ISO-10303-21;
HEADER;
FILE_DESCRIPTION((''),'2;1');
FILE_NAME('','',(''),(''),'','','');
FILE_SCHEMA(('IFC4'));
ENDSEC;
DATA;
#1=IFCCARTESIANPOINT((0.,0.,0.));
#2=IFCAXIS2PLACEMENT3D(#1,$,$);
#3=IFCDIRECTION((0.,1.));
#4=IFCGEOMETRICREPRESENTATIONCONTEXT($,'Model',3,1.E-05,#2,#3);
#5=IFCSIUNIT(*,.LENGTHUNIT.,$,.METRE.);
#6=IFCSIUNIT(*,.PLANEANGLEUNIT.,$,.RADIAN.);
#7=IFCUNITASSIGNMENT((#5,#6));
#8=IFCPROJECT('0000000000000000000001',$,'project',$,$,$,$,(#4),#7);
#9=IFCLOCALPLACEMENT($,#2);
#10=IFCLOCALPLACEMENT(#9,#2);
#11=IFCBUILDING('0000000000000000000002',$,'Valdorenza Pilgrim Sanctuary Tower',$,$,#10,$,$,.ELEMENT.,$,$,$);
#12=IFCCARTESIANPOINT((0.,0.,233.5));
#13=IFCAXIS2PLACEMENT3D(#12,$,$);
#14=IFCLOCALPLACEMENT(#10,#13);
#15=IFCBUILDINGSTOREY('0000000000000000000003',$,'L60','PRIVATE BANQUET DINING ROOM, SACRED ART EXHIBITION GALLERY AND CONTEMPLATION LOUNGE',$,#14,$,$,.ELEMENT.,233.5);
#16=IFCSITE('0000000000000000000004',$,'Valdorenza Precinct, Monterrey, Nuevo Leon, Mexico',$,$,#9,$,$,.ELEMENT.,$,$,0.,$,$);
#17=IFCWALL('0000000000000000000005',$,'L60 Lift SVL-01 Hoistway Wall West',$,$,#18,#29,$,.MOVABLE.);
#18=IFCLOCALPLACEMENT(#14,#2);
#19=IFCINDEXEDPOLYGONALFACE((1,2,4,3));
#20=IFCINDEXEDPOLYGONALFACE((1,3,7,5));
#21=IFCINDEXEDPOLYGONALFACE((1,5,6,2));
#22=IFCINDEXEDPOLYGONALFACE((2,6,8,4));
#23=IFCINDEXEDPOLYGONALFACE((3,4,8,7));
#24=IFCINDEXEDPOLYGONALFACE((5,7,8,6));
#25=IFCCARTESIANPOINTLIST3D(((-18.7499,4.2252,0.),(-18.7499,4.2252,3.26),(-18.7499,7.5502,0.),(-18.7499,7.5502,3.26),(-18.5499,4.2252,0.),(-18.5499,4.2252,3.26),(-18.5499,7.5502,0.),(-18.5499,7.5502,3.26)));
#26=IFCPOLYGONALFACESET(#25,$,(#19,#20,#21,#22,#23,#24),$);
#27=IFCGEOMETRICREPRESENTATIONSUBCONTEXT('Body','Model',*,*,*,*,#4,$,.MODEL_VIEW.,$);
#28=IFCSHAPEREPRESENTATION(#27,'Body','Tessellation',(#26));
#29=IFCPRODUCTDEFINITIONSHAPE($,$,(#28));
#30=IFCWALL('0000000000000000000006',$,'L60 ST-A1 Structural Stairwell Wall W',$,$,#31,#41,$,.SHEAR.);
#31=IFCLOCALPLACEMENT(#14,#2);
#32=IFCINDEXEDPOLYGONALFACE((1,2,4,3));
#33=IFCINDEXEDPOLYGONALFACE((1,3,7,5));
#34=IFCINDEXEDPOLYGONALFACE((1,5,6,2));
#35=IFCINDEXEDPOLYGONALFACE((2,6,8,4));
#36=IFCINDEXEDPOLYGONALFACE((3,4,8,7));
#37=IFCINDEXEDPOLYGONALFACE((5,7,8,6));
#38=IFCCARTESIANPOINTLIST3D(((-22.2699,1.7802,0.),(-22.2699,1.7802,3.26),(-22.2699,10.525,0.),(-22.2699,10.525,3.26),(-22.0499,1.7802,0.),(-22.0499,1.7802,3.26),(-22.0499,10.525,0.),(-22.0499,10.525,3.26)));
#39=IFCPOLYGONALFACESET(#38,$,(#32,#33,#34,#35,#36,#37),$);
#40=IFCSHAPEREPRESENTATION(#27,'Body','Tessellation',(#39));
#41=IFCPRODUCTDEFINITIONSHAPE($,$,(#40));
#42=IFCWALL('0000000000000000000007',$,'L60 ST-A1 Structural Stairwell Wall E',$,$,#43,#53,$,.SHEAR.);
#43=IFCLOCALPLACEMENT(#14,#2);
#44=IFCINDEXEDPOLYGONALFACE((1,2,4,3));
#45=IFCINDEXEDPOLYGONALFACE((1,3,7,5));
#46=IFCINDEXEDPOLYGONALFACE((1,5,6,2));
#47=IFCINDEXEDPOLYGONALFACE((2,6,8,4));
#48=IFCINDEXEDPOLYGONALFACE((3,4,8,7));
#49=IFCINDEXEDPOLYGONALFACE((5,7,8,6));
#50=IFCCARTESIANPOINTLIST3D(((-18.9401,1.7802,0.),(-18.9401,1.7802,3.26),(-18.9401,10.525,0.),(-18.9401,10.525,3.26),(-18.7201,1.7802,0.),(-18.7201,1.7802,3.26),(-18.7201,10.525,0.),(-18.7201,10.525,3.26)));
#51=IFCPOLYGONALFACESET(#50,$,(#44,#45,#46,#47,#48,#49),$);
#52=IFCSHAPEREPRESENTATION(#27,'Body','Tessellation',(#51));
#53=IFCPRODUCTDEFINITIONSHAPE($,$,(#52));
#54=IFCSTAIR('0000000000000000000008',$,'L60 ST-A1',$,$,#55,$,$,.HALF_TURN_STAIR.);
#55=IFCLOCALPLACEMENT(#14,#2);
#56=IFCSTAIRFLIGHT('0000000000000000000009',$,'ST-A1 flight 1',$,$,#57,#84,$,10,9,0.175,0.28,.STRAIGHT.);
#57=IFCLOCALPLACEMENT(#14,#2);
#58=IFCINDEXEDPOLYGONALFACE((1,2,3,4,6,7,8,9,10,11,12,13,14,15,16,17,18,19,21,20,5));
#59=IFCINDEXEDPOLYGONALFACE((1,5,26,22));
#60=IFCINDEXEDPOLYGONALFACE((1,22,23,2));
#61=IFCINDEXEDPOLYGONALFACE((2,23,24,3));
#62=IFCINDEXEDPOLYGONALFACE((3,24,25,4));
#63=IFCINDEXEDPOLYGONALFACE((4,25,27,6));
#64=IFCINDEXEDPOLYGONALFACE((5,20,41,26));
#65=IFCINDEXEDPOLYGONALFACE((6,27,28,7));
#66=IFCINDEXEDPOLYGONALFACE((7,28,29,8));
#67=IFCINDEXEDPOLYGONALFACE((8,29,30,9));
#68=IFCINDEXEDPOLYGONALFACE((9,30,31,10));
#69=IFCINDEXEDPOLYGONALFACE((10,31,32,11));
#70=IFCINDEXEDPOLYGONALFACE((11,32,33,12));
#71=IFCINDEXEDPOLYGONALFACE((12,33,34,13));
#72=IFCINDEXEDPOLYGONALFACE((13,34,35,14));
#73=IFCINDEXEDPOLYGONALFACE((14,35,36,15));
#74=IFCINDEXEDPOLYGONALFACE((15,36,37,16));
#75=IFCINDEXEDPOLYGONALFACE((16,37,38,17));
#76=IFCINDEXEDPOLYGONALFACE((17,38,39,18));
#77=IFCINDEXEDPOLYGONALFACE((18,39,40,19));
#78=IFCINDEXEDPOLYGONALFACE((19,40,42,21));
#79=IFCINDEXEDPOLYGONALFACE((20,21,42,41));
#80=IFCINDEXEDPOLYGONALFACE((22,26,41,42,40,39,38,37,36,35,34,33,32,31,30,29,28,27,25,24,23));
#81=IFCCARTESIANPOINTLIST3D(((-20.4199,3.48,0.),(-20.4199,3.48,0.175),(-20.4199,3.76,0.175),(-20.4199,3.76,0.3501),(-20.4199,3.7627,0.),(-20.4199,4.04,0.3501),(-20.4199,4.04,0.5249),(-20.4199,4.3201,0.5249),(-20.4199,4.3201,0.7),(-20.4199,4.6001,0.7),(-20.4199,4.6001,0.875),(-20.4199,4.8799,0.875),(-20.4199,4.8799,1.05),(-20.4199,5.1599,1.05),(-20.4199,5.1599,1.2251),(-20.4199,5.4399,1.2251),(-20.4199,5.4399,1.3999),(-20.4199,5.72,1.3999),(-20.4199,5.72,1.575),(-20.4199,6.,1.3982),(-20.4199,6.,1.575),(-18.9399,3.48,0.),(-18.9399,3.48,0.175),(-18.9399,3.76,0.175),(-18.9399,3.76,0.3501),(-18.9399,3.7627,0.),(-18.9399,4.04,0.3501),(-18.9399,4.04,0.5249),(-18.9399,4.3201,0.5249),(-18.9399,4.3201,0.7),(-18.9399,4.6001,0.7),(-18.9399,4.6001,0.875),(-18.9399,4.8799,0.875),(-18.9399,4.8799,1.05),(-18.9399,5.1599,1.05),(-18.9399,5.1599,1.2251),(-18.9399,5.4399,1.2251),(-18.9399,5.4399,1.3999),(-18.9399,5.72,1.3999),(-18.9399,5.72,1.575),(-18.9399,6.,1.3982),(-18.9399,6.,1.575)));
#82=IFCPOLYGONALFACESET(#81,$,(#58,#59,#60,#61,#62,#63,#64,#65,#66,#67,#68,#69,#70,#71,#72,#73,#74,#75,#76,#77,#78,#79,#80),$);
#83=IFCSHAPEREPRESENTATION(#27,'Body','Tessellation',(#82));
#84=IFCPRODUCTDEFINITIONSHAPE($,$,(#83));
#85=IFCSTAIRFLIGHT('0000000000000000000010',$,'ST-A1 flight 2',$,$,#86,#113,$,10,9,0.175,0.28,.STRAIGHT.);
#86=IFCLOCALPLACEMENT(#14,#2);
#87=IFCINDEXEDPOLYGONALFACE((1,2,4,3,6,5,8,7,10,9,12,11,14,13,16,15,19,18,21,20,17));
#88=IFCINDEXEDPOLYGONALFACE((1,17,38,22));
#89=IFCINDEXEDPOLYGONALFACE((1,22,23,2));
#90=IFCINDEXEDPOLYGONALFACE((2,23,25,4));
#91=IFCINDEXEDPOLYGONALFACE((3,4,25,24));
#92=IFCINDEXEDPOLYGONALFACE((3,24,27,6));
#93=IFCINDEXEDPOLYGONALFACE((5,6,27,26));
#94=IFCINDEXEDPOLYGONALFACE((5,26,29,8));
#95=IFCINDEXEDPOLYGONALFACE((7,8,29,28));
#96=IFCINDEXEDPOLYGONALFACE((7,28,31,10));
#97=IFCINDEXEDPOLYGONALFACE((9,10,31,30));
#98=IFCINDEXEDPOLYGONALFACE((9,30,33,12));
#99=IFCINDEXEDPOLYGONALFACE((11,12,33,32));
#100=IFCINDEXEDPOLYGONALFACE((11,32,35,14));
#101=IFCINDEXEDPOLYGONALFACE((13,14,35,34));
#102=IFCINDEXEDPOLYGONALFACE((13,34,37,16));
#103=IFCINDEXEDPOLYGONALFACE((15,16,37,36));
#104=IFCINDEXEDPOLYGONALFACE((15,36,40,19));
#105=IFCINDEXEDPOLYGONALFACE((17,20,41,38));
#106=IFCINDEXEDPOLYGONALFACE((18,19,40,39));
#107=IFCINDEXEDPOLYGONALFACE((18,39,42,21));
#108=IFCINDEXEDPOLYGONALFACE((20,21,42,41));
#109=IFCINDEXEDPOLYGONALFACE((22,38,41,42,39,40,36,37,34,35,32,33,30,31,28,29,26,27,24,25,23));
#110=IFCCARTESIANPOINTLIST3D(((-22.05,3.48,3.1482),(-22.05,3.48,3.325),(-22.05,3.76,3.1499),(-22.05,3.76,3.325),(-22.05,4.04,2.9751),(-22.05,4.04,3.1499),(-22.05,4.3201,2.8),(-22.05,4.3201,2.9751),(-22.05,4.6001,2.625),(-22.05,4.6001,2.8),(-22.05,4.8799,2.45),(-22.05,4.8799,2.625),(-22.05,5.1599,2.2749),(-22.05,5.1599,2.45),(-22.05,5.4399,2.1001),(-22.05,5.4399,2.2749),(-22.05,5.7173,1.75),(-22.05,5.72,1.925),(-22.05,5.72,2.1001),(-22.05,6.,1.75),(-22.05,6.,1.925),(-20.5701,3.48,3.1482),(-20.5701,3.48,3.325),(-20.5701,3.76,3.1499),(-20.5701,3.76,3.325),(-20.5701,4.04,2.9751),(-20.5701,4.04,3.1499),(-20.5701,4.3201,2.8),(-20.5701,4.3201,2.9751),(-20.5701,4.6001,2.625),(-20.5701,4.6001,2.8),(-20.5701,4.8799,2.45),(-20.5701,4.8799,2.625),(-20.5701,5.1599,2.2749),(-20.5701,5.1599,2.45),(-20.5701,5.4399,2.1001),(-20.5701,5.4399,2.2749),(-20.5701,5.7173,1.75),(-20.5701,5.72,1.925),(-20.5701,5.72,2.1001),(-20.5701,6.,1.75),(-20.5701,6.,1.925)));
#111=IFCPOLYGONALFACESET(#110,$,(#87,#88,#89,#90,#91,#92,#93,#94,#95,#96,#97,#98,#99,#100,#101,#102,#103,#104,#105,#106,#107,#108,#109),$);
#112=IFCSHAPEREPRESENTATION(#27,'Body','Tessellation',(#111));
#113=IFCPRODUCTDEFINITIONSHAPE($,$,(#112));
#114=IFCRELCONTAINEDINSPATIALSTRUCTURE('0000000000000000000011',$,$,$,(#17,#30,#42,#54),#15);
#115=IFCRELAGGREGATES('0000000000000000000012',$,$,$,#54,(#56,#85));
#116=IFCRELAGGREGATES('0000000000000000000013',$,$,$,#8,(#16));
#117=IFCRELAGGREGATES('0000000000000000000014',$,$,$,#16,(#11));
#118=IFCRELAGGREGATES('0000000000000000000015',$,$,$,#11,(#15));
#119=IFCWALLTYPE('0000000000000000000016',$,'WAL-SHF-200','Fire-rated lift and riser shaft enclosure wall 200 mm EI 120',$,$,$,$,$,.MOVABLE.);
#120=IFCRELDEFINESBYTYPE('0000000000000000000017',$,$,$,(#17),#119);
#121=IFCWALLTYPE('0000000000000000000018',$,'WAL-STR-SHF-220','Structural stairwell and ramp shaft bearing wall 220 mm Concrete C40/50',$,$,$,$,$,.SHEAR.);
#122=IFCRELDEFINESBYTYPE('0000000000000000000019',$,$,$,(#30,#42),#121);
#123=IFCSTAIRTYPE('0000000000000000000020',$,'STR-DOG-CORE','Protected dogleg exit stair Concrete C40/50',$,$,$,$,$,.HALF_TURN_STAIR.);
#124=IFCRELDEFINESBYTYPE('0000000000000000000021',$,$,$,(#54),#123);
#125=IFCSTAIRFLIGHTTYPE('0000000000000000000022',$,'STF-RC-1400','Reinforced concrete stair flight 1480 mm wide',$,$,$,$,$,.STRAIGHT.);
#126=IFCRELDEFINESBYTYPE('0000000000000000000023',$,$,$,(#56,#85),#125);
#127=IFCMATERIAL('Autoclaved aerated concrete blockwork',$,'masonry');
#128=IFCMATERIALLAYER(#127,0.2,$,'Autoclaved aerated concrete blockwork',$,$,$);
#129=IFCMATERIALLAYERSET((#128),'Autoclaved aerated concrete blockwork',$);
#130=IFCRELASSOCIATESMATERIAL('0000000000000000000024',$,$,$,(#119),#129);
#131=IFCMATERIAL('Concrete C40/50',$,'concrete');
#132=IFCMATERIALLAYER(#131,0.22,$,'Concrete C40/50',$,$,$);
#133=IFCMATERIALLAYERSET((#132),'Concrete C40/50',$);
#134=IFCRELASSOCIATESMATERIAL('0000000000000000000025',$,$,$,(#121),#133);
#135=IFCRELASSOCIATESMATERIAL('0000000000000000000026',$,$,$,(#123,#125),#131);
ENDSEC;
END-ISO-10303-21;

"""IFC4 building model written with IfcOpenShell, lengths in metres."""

from ifc_helpers import new_model, si_unit, direction, frame, frame_2d, origin, place, context, subcontext, project, spatial, polyline, rectangle, outline, extrude, material, layer, layer_set, type_object, element, aggregate, save


model = new_model("IFC4")

# Units and contexts
model_context = context("Model", 3, precision=1e-05, world=origin(), true_north=direction((0.0, 1.0)))
body_context = subcontext(model_context, "Body", "Model", "MODEL_VIEW")
ifc_project = project(units=[si_unit("LENGTHUNIT", "METRE"), si_unit("PLANEANGLEUNIT", "RADIAN")], contexts=[model_context])

# Site, building, storey
site_placement = place(None, origin())
site = spatial("IfcSite", under=ifc_project, at=site_placement, Name="Valdorenza Precinct, Monterrey, Nuevo Leon, Mexico", CompositionType="ELEMENT", RefElevation=0.0)
building_placement = place(site_placement, origin())
building = spatial("IfcBuilding", under=site, at=building_placement, Name="Valdorenza Pilgrim Sanctuary Tower", CompositionType="ELEMENT")
storey_placement = place(building_placement, frame((0.0, 0.0, 233.5)))
storey = spatial("IfcBuildingStorey", under=building, at=storey_placement, Name="L60", Description="PRIVATE BANQUET DINING ROOM, SACRED ART EXHIBITION GALLERY AND CONTEMPLATION LOUNGE", CompositionType="ELEMENT", Elevation=233.5)

# Shared definitions
ifc_material_1 = material(Name="Autoclaved aerated concrete blockwork", Category="masonry")
ifc_layer_1 = layer(ifc_material_1, 0.2, Name="Autoclaved aerated concrete blockwork")
ifc_layer_set_1 = layer_set([ifc_layer_1], Name="Autoclaved aerated concrete blockwork")
wall_type_1 = type_object("IfcWallType", Name="WAL-SHF-200", Description="Fire-rated lift and riser shaft enclosure wall 200 mm EI 120", PredefinedType="MOVABLE", material=ifc_layer_set_1)

# Walls
wall_1_placement = place(storey_placement, frame((-18.6499, 4.2251, 0.0), z_axis=(0.0, 0.0, 1.0), x_axis=(0.0, 1.0, 0.0)))
element("IfcWall", 1, at=wall_1_placement, inside=storey, type_object=wall_type_1, Name="L60 Lift SVL-01 Hoistway Wall West", PredefinedType="MOVABLE", context=body_context, shape_type="SweptSolid", body=[
    extrude(rectangle(XDim=3.325, YDim=0.2, at=frame_2d((1.6626, 0.0))), origin(), (0.0, 0.0, 1.0), 3.26),
])
ifc_material_2 = material(Name="Concrete C40/50", Category="concrete")
ifc_layer_2 = layer(ifc_material_2, 0.22, Name="Concrete C40/50")
ifc_layer_set_2 = layer_set([ifc_layer_2], Name="Concrete C40/50")
wall_type_2 = type_object("IfcWallType", Name="WAL-STR-SHF-220", Description="Structural stairwell and ramp shaft bearing wall 220 mm Concrete C40/50", PredefinedType="SHEAR", material=ifc_layer_set_2)
for number, where, z_axis, x_axis, name in (
    (2, (-22.1599, 1.78, 0.0), (0.0, 0.0, 1.0), (0.0, 1.0, 0.0), "L60 ST-A1 Structural Stairwell Wall W"),
    (3, (-18.8301, 1.78, 0.0), (0.0, 0.0, 1.0), (0.0, 1.0, 0.0), "L60 ST-A1 Structural Stairwell Wall E"),
):
    element("IfcWall", number, at=place(storey_placement, frame(where, z_axis=z_axis, x_axis=x_axis)), inside=storey, type_object=wall_type_2, Name=name, PredefinedType="SHEAR", context=body_context, shape_type="SweptSolid", body=[
        extrude(rectangle(XDim=8.7449, YDim=0.22, at=frame_2d((4.3726, 0.0))), origin(), (0.0, 0.0, 1.0), 3.26),
    ])

# Stair, stair flights
stair_type = type_object("IfcStairType", Name="STR-DOG-CORE", Description="Protected dogleg exit stair Concrete C40/50", PredefinedType="HALF_TURN_STAIR", material=ifc_material_2)
stair_placement = place(storey_placement, origin())
stair = element("IfcStair", 4, at=stair_placement, inside=storey, type_object=stair_type, Name="L60 ST-A1", PredefinedType="HALF_TURN_STAIR")
stair_flight_type = type_object("IfcStairFlightType", Name="STF-RC-1400", Description="Reinforced concrete stair flight 1480 mm wide", PredefinedType="STRAIGHT", material=ifc_material_2)
stair_flight_1_placement = place(storey_placement, frame((-19.6799, 3.48, 0.0), z_axis=(0.0, 0.0, 1.0), x_axis=(0.0, 1.0, 0.0)))
stair_flight_1 = element("IfcStairFlight", 5, at=stair_flight_1_placement, type_object=stair_flight_type, Name="ST-A1 flight 1", NumberOfRisers=10, NumberOfTreads=9, PredefinedType="STRAIGHT", RiserHeight=0.175, TreadLength=0.28, context=body_context, shape_type="SweptSolid", body=[
    extrude(outline(polyline([(0.0, 0.0), (0.0, 0.175), (0.28, 0.175), (0.28, 0.3501), (0.5601, 0.3501), (0.5601, 0.5249), (0.8401, 0.5249), (0.8401, 0.7), (1.1201, 0.7), (1.1201, 0.875), (1.3999, 0.875), (1.3999, 1.05), (1.6799, 1.05), (1.6799, 1.2251), (1.96, 1.2251), (1.96, 1.3999), (2.24, 1.3999), (2.24, 1.575), (2.52, 1.575), (2.52, 1.75), (2.52, 1.3982), (0.2827, 0.0), (0.0, 0.0)])), frame((0.0, 0.74, 0.0), z_axis=(0.0, -1.0, 0.0), x_axis=(1.0, 0.0, 0.0)), (0.0, 0.0, 1.0), 1.48),
])
stair_flight_2_placement = place(storey_placement, frame((-21.3101, 6.0, 1.75), z_axis=(0.0, 0.0, 1.0), x_axis=(0.0, -1.0, 0.0)))
stair_flight_2 = element("IfcStairFlight", 6, at=stair_flight_2_placement, type_object=stair_flight_type, Name="ST-A1 flight 2", NumberOfRisers=10, NumberOfTreads=9, PredefinedType="STRAIGHT", RiserHeight=0.175, TreadLength=0.28, context=body_context, shape_type="SweptSolid", body=[
    extrude(outline(polyline([(0.0, 0.0), (0.0, 0.175), (0.28, 0.175), (0.28, 0.3501), (0.5601, 0.3501), (0.5601, 0.5249), (0.8401, 0.5249), (0.8401, 0.7), (1.1201, 0.7), (1.1201, 0.875), (1.3999, 0.875), (1.3999, 1.05), (1.6799, 1.05), (1.6799, 1.2251), (1.96, 1.2251), (1.96, 1.3999), (2.24, 1.3999), (2.24, 1.575), (2.52, 1.575), (2.52, 1.75), (2.52, 1.3982), (0.2827, 0.0), (0.0, 0.0)])), frame((0.0, 0.74, 0.0), z_axis=(0.0, -1.0, 0.0), x_axis=(1.0, 0.0, 0.0)), (0.0, 0.0, 1.0), 1.48),
])
aggregate(stair, [stair_flight_1, stair_flight_2])

save(model, "model.ifc")
